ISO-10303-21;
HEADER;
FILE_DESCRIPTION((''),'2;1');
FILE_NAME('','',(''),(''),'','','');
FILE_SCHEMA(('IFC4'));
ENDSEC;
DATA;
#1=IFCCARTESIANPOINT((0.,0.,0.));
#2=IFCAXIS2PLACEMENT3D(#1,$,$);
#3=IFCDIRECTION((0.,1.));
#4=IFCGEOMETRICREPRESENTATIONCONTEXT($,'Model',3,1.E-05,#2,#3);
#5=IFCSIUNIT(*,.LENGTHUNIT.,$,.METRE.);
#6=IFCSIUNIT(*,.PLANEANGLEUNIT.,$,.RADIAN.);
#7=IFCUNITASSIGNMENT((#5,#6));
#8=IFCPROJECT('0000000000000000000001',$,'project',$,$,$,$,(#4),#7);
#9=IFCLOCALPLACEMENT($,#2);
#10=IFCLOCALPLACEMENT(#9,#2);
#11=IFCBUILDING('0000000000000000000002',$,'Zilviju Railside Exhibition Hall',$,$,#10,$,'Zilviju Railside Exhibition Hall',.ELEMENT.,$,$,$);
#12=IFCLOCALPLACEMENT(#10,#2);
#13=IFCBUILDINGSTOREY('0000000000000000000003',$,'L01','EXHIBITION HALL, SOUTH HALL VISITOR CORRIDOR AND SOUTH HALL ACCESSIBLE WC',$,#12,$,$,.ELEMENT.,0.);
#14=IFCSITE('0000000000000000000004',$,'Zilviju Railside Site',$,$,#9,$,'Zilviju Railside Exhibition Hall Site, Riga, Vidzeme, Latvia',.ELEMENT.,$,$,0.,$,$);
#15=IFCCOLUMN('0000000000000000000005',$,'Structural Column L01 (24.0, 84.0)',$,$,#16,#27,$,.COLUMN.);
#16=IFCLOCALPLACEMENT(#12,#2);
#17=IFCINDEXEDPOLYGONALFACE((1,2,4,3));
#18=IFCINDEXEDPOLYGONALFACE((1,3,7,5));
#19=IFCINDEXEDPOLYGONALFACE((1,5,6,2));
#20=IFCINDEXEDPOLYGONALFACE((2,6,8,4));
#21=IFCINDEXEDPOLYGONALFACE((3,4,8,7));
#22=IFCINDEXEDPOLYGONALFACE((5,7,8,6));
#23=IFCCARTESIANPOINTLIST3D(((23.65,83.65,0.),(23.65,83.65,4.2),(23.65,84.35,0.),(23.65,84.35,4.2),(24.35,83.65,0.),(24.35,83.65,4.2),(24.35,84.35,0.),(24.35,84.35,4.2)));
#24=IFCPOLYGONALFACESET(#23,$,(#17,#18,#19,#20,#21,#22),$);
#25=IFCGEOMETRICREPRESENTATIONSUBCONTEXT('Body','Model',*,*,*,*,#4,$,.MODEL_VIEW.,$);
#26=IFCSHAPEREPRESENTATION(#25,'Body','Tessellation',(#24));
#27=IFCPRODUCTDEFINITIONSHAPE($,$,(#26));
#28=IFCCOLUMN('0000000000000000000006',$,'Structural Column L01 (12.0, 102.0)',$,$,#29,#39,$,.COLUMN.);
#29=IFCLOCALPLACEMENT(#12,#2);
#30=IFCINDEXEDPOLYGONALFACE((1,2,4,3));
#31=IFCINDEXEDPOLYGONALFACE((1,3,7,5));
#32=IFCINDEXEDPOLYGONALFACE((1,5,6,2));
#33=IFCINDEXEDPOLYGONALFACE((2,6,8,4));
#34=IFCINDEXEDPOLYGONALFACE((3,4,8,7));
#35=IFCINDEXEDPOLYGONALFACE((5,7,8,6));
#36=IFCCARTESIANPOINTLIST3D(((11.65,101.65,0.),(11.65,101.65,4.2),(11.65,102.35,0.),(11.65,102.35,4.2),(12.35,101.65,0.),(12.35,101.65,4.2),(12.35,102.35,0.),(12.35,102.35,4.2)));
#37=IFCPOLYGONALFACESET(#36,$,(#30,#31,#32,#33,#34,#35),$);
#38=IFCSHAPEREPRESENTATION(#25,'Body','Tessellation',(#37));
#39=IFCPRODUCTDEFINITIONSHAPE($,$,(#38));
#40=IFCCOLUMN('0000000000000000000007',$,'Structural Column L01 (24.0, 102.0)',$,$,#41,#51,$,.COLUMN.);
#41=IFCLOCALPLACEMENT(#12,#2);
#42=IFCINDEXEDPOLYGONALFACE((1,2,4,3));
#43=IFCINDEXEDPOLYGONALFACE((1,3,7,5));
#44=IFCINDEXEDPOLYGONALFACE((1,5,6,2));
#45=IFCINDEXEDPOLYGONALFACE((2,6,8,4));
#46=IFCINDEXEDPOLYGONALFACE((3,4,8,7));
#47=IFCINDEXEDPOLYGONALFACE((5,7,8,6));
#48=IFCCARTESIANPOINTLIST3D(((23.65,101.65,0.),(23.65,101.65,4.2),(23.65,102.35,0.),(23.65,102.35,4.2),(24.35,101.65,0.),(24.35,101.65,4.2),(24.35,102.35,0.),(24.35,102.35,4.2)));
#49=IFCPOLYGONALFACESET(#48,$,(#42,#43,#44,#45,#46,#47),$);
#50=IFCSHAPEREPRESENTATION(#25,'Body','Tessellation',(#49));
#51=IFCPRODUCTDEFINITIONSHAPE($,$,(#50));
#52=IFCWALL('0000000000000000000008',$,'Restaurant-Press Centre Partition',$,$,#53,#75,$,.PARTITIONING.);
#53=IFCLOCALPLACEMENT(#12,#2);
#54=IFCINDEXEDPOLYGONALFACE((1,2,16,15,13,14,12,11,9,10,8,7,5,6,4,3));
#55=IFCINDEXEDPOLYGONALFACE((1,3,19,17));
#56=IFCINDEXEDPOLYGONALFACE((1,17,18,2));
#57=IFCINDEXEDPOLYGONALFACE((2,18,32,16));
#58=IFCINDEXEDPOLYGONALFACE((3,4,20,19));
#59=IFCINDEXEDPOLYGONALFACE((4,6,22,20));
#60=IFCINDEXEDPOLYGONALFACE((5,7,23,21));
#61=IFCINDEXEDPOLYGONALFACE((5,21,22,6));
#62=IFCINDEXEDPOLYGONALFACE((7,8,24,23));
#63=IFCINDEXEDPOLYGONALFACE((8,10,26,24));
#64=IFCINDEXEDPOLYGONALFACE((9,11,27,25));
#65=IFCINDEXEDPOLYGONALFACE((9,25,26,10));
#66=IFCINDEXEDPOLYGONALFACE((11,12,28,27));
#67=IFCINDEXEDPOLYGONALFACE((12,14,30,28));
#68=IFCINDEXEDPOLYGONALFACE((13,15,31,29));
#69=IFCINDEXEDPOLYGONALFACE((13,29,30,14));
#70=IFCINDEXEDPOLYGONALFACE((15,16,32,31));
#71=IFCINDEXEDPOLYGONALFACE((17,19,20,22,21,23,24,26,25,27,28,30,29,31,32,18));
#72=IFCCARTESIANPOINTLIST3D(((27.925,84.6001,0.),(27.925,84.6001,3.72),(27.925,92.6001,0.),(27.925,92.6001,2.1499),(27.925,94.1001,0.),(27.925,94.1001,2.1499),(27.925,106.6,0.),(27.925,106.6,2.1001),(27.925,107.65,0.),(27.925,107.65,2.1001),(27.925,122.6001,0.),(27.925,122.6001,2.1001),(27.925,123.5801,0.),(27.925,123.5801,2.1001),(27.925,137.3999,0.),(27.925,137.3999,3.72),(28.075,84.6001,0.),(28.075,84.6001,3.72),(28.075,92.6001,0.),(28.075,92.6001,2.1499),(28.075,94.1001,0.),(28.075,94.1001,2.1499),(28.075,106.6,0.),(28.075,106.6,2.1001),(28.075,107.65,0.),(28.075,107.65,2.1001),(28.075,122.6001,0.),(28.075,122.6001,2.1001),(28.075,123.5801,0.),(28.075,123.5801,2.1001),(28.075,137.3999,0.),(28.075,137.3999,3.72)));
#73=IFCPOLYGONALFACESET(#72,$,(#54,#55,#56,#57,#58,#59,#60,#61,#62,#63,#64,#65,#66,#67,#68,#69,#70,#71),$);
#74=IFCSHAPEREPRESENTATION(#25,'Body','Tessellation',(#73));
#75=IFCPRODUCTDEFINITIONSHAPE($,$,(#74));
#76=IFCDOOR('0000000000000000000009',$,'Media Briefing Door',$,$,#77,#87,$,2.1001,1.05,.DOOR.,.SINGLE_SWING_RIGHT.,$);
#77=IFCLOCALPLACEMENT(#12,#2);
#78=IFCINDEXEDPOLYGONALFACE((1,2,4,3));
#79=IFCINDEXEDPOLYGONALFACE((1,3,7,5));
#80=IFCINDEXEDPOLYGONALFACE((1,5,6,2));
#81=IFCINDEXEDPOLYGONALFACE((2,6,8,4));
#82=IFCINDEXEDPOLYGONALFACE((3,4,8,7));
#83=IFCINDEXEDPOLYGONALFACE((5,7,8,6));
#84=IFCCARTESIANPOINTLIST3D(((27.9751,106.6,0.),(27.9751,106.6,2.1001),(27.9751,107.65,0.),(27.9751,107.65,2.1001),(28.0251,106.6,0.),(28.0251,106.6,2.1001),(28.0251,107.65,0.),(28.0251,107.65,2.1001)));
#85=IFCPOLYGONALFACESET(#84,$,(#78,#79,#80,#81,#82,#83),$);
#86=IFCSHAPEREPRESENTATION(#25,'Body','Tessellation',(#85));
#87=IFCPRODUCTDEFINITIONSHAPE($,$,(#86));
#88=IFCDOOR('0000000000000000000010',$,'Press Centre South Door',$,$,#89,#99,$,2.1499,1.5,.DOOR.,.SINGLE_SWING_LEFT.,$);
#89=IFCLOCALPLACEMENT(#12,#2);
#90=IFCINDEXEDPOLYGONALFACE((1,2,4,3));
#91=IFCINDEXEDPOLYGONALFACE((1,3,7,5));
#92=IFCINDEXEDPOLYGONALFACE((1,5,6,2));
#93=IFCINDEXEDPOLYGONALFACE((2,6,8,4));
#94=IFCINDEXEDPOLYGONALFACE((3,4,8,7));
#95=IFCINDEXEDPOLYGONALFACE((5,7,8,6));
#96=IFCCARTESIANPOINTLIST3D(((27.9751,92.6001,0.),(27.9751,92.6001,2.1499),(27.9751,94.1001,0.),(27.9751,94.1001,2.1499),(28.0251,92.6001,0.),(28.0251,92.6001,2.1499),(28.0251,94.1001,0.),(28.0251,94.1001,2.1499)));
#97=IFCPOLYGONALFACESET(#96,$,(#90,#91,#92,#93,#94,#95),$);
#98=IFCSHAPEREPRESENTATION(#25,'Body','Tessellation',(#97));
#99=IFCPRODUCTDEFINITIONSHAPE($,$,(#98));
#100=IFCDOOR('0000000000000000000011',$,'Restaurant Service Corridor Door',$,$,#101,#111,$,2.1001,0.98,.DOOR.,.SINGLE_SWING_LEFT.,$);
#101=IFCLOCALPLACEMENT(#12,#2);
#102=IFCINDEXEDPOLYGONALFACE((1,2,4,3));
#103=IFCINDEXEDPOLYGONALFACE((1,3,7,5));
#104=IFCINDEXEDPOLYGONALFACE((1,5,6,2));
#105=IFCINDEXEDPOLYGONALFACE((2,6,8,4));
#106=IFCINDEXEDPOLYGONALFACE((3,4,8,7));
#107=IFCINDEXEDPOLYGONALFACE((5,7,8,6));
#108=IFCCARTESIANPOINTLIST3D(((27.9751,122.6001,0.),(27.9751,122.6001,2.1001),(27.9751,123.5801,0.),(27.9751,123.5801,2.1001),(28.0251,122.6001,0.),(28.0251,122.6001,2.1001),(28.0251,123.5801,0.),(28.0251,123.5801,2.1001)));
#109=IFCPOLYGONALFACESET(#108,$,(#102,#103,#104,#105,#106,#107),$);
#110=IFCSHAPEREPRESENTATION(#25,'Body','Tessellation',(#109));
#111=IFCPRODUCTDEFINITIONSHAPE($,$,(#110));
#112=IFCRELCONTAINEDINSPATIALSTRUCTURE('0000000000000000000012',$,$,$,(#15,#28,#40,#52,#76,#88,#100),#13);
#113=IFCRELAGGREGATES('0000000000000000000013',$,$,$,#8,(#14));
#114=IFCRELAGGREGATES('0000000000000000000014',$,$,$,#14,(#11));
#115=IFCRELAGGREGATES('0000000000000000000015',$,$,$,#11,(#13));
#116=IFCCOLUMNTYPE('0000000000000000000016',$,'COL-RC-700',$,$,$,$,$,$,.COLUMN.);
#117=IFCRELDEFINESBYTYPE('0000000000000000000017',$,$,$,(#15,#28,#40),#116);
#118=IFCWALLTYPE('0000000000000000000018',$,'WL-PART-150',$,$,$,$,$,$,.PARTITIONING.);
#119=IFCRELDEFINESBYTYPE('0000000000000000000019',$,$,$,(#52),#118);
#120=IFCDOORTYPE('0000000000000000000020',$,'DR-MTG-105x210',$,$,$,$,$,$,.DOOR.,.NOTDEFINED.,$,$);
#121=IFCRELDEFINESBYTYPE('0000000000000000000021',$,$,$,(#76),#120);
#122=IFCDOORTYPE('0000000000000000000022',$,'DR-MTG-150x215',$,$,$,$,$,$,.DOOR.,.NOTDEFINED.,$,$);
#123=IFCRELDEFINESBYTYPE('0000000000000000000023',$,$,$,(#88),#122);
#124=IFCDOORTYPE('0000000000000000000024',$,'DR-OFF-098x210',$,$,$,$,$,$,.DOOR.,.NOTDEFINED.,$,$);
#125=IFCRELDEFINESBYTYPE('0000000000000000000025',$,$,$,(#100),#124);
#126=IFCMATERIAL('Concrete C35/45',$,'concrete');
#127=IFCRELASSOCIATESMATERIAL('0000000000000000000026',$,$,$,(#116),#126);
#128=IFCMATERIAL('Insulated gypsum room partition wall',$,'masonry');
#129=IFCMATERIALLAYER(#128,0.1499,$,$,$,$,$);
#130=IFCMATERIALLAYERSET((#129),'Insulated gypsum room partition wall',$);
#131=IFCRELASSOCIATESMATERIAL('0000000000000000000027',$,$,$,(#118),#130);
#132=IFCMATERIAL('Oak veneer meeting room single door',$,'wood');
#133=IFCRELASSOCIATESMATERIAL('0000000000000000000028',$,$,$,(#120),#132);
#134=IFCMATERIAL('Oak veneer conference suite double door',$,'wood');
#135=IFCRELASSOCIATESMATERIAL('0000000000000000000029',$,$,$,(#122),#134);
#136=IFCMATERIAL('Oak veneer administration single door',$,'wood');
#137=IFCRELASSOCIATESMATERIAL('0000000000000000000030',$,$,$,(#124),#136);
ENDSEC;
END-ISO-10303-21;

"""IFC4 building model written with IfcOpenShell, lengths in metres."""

from ifc_helpers import new_model, si_unit, direction, frame, frame_2d, origin, origin_2d, place, context, subcontext, project, spatial, rectangle, extrude, material, layer, layer_set, material_profile, profile_set, type_object, element, fill, save


model = new_model("IFC4")

# Units and contexts
model_context = context("Model", 3, precision=1e-05, world=origin(), true_north=direction((0.0, 1.0)))
body_context = subcontext(model_context, "Body", "Model", "MODEL_VIEW")
ifc_project = project(units=[si_unit("LENGTHUNIT", "METRE"), si_unit("PLANEANGLEUNIT", "RADIAN")], contexts=[model_context])

# Site, building, storey
site_placement = place(None, origin())
site = spatial("IfcSite", under=ifc_project, at=site_placement, Name="Zilviju Railside Site", LongName="Zilviju Railside Exhibition Hall Site, Riga, Vidzeme, Latvia", CompositionType="ELEMENT", RefElevation=0.0)
building_placement = place(site_placement, origin())
building = spatial("IfcBuilding", under=site, at=building_placement, Name="Zilviju Railside Exhibition Hall", LongName="Zilviju Railside Exhibition Hall", CompositionType="ELEMENT")
storey_placement = place(building_placement, origin())
storey = spatial("IfcBuildingStorey", under=building, at=storey_placement, Name="L01", Description="EXHIBITION HALL, SOUTH HALL VISITOR CORRIDOR AND SOUTH HALL ACCESSIBLE WC", CompositionType="ELEMENT", Elevation=0.0)

# Shared definitions
ifc_material_1 = material(Name="Concrete C35/45", Category="concrete")

# Columns
ifc_material_profile_1 = material_profile(ifc_material_1, rectangle(XDim=0.7, YDim=0.7, at=origin_2d()), Name="RC COL 700x700")
ifc_profile_set_1 = profile_set([ifc_material_profile_1], Name="Concrete C35/45")
column_type = type_object("IfcColumnType", Name="COL-RC-700", PredefinedType="COLUMN", material=ifc_profile_set_1)
for number, where, z_axis, x_axis, name in (
    (1, (24.0, 84.0, 0.0), (0.0, 0.0, 1.0), (1.0, 0.0, 0.0), "Structural Column L01 (24.0, 84.0)"),
    (2, (12.0, 102.0, 0.0), (0.0, 0.0, 1.0), (1.0, 0.0, 0.0), "Structural Column L01 (12.0, 102.0)"),
    (3, (24.0, 102.0, 0.0), (0.0, 0.0, 1.0), (1.0, 0.0, 0.0), "Structural Column L01 (24.0, 102.0)"),
):
    element("IfcColumn", number, at=place(storey_placement, frame(where, z_axis=z_axis, x_axis=x_axis)), inside=storey, type_object=column_type, Name=name, PredefinedType="COLUMN", context=body_context, shape_type="SweptSolid", body=[
        extrude(rectangle(XDim=0.7, YDim=0.7, at=origin_2d()), origin(), (0.0, 0.0, 1.0), 4.2),
    ])

# Wall, openings, doors
ifc_material_2 = material(Name="Insulated gypsum room partition wall", Category="masonry")
ifc_layer = layer(ifc_material_2, 0.1499)
ifc_layer_set = layer_set([ifc_layer], Name="Insulated gypsum room partition wall")
wall_type = type_object("IfcWallType", Name="WL-PART-150", PredefinedType="PARTITIONING", material=ifc_layer_set)
wall_placement = place(storey_placement, frame((28.0, 84.6001, 0.0), z_axis=(0.0, 0.0, 1.0), x_axis=(0.0, 1.0, 0.0)))
wall = element("IfcWall", 4, at=wall_placement, inside=storey, type_object=wall_type, Name="Restaurant-Press Centre Partition", PredefinedType="PARTITIONING", context=body_context, shape_type="SweptSolid", body=[
    extrude(rectangle(XDim=52.7998, YDim=0.1499, at=frame_2d((26.3999, 0.0))), origin(), (0.0, 0.0, 1.0), 3.72),
])
opening_1_placement = place(wall_placement, frame((8.0, 0.0, 0.0)))
opening_1 = element("IfcOpeningElement", 5, at=opening_1_placement, cuts=wall, PredefinedType="OPENING", context=body_context, shape_type="SweptSolid", body=[
    extrude(rectangle(XDim=1.5, YDim=2.1499, at=frame_2d((0.75, 1.075))), frame((0.0, 0.085, 0.0), z_axis=(0.0, -1.0, 0.0), x_axis=(1.0, 0.0, 0.0)), (0.0, 0.0, 1.0), 0.1699),
])
opening_2_placement = place(wall_placement, frame((22.0, 0.0, 0.0)))
opening_2 = element("IfcOpeningElement", 6, at=opening_2_placement, cuts=wall, PredefinedType="OPENING", context=body_context, shape_type="SweptSolid", body=[
    extrude(rectangle(XDim=1.05, YDim=2.1001, at=frame_2d((0.5249, 1.05))), frame((0.0, 0.085, 0.0), z_axis=(0.0, -1.0, 0.0), x_axis=(1.0, 0.0, 0.0)), (0.0, 0.0, 1.0), 0.1699),
])
opening_3_placement = place(wall_placement, frame((38.0, 0.0, 0.0)))
opening_3 = element("IfcOpeningElement", 7, at=opening_3_placement, cuts=wall, PredefinedType="OPENING", context=body_context, shape_type="SweptSolid", body=[
    extrude(rectangle(XDim=0.98, YDim=2.1001, at=frame_2d((0.49, 1.05))), frame((0.0, 0.085, 0.0), z_axis=(0.0, -1.0, 0.0), x_axis=(1.0, 0.0, 0.0)), (0.0, 0.0, 1.0), 0.1699),
])
ifc_material_3 = material(Name="Oak veneer meeting room single door", Category="wood")
door_type_1 = type_object("IfcDoorType", Name="DR-MTG-105x210", OperationType="NOTDEFINED", PredefinedType="DOOR", material=ifc_material_3)
door_1_placement = place(opening_2_placement, origin())
door_1 = element("IfcDoor", 8, at=door_1_placement, inside=storey, type_object=door_type_1, Name="Media Briefing Door", OperationType="SINGLE_SWING_RIGHT", OverallHeight=2.1001, OverallWidth=1.05, PredefinedType="DOOR", context=body_context, shape_type="SweptSolid", body=[
    extrude(rectangle(XDim=1.05, YDim=2.1001, at=frame_2d((0.5249, 1.05))), frame((0.0, 0.0249, 0.0), z_axis=(0.0, -1.0, 0.0), x_axis=(1.0, 0.0, 0.0)), (0.0, 0.0, 1.0), 0.05),
])
fill(opening_2, door_1)
ifc_material_4 = material(Name="Oak veneer conference suite double door", Category="wood")
door_type_2 = type_object("IfcDoorType", Name="DR-MTG-150x215", OperationType="NOTDEFINED", PredefinedType="DOOR", material=ifc_material_4)
door_2_placement = place(opening_1_placement, origin())
door_2 = element("IfcDoor", 9, at=door_2_placement, inside=storey, type_object=door_type_2, Name="Press Centre South Door", OperationType="SINGLE_SWING_LEFT", OverallHeight=2.1499, OverallWidth=1.5, PredefinedType="DOOR", context=body_context, shape_type="SweptSolid", body=[
    extrude(rectangle(XDim=1.5, YDim=2.1499, at=frame_2d((0.75, 1.075))), frame((0.0, 0.0249, 0.0), z_axis=(0.0, -1.0, 0.0), x_axis=(1.0, 0.0, 0.0)), (0.0, 0.0, 1.0), 0.05),
])
fill(opening_1, door_2)
ifc_material_5 = material(Name="Oak veneer administration single door", Category="wood")
door_type_3 = type_object("IfcDoorType", Name="DR-OFF-098x210", OperationType="NOTDEFINED", PredefinedType="DOOR", material=ifc_material_5)
door_3_placement = place(opening_3_placement, origin())
door_3 = element("IfcDoor", 10, at=door_3_placement, inside=storey, type_object=door_type_3, Name="Restaurant Service Corridor Door", OperationType="SINGLE_SWING_LEFT", OverallHeight=2.1001, OverallWidth=0.98, PredefinedType="DOOR", context=body_context, shape_type="SweptSolid", body=[
    extrude(rectangle(XDim=0.98, YDim=2.1001, at=frame_2d((0.49, 1.05))), frame((0.0, 0.0249, 0.0), z_axis=(0.0, -1.0, 0.0), x_axis=(1.0, 0.0, 0.0)), (0.0, 0.0, 1.0), 0.05),
])
fill(opening_3, door_3)

save(model, "model.ifc")
